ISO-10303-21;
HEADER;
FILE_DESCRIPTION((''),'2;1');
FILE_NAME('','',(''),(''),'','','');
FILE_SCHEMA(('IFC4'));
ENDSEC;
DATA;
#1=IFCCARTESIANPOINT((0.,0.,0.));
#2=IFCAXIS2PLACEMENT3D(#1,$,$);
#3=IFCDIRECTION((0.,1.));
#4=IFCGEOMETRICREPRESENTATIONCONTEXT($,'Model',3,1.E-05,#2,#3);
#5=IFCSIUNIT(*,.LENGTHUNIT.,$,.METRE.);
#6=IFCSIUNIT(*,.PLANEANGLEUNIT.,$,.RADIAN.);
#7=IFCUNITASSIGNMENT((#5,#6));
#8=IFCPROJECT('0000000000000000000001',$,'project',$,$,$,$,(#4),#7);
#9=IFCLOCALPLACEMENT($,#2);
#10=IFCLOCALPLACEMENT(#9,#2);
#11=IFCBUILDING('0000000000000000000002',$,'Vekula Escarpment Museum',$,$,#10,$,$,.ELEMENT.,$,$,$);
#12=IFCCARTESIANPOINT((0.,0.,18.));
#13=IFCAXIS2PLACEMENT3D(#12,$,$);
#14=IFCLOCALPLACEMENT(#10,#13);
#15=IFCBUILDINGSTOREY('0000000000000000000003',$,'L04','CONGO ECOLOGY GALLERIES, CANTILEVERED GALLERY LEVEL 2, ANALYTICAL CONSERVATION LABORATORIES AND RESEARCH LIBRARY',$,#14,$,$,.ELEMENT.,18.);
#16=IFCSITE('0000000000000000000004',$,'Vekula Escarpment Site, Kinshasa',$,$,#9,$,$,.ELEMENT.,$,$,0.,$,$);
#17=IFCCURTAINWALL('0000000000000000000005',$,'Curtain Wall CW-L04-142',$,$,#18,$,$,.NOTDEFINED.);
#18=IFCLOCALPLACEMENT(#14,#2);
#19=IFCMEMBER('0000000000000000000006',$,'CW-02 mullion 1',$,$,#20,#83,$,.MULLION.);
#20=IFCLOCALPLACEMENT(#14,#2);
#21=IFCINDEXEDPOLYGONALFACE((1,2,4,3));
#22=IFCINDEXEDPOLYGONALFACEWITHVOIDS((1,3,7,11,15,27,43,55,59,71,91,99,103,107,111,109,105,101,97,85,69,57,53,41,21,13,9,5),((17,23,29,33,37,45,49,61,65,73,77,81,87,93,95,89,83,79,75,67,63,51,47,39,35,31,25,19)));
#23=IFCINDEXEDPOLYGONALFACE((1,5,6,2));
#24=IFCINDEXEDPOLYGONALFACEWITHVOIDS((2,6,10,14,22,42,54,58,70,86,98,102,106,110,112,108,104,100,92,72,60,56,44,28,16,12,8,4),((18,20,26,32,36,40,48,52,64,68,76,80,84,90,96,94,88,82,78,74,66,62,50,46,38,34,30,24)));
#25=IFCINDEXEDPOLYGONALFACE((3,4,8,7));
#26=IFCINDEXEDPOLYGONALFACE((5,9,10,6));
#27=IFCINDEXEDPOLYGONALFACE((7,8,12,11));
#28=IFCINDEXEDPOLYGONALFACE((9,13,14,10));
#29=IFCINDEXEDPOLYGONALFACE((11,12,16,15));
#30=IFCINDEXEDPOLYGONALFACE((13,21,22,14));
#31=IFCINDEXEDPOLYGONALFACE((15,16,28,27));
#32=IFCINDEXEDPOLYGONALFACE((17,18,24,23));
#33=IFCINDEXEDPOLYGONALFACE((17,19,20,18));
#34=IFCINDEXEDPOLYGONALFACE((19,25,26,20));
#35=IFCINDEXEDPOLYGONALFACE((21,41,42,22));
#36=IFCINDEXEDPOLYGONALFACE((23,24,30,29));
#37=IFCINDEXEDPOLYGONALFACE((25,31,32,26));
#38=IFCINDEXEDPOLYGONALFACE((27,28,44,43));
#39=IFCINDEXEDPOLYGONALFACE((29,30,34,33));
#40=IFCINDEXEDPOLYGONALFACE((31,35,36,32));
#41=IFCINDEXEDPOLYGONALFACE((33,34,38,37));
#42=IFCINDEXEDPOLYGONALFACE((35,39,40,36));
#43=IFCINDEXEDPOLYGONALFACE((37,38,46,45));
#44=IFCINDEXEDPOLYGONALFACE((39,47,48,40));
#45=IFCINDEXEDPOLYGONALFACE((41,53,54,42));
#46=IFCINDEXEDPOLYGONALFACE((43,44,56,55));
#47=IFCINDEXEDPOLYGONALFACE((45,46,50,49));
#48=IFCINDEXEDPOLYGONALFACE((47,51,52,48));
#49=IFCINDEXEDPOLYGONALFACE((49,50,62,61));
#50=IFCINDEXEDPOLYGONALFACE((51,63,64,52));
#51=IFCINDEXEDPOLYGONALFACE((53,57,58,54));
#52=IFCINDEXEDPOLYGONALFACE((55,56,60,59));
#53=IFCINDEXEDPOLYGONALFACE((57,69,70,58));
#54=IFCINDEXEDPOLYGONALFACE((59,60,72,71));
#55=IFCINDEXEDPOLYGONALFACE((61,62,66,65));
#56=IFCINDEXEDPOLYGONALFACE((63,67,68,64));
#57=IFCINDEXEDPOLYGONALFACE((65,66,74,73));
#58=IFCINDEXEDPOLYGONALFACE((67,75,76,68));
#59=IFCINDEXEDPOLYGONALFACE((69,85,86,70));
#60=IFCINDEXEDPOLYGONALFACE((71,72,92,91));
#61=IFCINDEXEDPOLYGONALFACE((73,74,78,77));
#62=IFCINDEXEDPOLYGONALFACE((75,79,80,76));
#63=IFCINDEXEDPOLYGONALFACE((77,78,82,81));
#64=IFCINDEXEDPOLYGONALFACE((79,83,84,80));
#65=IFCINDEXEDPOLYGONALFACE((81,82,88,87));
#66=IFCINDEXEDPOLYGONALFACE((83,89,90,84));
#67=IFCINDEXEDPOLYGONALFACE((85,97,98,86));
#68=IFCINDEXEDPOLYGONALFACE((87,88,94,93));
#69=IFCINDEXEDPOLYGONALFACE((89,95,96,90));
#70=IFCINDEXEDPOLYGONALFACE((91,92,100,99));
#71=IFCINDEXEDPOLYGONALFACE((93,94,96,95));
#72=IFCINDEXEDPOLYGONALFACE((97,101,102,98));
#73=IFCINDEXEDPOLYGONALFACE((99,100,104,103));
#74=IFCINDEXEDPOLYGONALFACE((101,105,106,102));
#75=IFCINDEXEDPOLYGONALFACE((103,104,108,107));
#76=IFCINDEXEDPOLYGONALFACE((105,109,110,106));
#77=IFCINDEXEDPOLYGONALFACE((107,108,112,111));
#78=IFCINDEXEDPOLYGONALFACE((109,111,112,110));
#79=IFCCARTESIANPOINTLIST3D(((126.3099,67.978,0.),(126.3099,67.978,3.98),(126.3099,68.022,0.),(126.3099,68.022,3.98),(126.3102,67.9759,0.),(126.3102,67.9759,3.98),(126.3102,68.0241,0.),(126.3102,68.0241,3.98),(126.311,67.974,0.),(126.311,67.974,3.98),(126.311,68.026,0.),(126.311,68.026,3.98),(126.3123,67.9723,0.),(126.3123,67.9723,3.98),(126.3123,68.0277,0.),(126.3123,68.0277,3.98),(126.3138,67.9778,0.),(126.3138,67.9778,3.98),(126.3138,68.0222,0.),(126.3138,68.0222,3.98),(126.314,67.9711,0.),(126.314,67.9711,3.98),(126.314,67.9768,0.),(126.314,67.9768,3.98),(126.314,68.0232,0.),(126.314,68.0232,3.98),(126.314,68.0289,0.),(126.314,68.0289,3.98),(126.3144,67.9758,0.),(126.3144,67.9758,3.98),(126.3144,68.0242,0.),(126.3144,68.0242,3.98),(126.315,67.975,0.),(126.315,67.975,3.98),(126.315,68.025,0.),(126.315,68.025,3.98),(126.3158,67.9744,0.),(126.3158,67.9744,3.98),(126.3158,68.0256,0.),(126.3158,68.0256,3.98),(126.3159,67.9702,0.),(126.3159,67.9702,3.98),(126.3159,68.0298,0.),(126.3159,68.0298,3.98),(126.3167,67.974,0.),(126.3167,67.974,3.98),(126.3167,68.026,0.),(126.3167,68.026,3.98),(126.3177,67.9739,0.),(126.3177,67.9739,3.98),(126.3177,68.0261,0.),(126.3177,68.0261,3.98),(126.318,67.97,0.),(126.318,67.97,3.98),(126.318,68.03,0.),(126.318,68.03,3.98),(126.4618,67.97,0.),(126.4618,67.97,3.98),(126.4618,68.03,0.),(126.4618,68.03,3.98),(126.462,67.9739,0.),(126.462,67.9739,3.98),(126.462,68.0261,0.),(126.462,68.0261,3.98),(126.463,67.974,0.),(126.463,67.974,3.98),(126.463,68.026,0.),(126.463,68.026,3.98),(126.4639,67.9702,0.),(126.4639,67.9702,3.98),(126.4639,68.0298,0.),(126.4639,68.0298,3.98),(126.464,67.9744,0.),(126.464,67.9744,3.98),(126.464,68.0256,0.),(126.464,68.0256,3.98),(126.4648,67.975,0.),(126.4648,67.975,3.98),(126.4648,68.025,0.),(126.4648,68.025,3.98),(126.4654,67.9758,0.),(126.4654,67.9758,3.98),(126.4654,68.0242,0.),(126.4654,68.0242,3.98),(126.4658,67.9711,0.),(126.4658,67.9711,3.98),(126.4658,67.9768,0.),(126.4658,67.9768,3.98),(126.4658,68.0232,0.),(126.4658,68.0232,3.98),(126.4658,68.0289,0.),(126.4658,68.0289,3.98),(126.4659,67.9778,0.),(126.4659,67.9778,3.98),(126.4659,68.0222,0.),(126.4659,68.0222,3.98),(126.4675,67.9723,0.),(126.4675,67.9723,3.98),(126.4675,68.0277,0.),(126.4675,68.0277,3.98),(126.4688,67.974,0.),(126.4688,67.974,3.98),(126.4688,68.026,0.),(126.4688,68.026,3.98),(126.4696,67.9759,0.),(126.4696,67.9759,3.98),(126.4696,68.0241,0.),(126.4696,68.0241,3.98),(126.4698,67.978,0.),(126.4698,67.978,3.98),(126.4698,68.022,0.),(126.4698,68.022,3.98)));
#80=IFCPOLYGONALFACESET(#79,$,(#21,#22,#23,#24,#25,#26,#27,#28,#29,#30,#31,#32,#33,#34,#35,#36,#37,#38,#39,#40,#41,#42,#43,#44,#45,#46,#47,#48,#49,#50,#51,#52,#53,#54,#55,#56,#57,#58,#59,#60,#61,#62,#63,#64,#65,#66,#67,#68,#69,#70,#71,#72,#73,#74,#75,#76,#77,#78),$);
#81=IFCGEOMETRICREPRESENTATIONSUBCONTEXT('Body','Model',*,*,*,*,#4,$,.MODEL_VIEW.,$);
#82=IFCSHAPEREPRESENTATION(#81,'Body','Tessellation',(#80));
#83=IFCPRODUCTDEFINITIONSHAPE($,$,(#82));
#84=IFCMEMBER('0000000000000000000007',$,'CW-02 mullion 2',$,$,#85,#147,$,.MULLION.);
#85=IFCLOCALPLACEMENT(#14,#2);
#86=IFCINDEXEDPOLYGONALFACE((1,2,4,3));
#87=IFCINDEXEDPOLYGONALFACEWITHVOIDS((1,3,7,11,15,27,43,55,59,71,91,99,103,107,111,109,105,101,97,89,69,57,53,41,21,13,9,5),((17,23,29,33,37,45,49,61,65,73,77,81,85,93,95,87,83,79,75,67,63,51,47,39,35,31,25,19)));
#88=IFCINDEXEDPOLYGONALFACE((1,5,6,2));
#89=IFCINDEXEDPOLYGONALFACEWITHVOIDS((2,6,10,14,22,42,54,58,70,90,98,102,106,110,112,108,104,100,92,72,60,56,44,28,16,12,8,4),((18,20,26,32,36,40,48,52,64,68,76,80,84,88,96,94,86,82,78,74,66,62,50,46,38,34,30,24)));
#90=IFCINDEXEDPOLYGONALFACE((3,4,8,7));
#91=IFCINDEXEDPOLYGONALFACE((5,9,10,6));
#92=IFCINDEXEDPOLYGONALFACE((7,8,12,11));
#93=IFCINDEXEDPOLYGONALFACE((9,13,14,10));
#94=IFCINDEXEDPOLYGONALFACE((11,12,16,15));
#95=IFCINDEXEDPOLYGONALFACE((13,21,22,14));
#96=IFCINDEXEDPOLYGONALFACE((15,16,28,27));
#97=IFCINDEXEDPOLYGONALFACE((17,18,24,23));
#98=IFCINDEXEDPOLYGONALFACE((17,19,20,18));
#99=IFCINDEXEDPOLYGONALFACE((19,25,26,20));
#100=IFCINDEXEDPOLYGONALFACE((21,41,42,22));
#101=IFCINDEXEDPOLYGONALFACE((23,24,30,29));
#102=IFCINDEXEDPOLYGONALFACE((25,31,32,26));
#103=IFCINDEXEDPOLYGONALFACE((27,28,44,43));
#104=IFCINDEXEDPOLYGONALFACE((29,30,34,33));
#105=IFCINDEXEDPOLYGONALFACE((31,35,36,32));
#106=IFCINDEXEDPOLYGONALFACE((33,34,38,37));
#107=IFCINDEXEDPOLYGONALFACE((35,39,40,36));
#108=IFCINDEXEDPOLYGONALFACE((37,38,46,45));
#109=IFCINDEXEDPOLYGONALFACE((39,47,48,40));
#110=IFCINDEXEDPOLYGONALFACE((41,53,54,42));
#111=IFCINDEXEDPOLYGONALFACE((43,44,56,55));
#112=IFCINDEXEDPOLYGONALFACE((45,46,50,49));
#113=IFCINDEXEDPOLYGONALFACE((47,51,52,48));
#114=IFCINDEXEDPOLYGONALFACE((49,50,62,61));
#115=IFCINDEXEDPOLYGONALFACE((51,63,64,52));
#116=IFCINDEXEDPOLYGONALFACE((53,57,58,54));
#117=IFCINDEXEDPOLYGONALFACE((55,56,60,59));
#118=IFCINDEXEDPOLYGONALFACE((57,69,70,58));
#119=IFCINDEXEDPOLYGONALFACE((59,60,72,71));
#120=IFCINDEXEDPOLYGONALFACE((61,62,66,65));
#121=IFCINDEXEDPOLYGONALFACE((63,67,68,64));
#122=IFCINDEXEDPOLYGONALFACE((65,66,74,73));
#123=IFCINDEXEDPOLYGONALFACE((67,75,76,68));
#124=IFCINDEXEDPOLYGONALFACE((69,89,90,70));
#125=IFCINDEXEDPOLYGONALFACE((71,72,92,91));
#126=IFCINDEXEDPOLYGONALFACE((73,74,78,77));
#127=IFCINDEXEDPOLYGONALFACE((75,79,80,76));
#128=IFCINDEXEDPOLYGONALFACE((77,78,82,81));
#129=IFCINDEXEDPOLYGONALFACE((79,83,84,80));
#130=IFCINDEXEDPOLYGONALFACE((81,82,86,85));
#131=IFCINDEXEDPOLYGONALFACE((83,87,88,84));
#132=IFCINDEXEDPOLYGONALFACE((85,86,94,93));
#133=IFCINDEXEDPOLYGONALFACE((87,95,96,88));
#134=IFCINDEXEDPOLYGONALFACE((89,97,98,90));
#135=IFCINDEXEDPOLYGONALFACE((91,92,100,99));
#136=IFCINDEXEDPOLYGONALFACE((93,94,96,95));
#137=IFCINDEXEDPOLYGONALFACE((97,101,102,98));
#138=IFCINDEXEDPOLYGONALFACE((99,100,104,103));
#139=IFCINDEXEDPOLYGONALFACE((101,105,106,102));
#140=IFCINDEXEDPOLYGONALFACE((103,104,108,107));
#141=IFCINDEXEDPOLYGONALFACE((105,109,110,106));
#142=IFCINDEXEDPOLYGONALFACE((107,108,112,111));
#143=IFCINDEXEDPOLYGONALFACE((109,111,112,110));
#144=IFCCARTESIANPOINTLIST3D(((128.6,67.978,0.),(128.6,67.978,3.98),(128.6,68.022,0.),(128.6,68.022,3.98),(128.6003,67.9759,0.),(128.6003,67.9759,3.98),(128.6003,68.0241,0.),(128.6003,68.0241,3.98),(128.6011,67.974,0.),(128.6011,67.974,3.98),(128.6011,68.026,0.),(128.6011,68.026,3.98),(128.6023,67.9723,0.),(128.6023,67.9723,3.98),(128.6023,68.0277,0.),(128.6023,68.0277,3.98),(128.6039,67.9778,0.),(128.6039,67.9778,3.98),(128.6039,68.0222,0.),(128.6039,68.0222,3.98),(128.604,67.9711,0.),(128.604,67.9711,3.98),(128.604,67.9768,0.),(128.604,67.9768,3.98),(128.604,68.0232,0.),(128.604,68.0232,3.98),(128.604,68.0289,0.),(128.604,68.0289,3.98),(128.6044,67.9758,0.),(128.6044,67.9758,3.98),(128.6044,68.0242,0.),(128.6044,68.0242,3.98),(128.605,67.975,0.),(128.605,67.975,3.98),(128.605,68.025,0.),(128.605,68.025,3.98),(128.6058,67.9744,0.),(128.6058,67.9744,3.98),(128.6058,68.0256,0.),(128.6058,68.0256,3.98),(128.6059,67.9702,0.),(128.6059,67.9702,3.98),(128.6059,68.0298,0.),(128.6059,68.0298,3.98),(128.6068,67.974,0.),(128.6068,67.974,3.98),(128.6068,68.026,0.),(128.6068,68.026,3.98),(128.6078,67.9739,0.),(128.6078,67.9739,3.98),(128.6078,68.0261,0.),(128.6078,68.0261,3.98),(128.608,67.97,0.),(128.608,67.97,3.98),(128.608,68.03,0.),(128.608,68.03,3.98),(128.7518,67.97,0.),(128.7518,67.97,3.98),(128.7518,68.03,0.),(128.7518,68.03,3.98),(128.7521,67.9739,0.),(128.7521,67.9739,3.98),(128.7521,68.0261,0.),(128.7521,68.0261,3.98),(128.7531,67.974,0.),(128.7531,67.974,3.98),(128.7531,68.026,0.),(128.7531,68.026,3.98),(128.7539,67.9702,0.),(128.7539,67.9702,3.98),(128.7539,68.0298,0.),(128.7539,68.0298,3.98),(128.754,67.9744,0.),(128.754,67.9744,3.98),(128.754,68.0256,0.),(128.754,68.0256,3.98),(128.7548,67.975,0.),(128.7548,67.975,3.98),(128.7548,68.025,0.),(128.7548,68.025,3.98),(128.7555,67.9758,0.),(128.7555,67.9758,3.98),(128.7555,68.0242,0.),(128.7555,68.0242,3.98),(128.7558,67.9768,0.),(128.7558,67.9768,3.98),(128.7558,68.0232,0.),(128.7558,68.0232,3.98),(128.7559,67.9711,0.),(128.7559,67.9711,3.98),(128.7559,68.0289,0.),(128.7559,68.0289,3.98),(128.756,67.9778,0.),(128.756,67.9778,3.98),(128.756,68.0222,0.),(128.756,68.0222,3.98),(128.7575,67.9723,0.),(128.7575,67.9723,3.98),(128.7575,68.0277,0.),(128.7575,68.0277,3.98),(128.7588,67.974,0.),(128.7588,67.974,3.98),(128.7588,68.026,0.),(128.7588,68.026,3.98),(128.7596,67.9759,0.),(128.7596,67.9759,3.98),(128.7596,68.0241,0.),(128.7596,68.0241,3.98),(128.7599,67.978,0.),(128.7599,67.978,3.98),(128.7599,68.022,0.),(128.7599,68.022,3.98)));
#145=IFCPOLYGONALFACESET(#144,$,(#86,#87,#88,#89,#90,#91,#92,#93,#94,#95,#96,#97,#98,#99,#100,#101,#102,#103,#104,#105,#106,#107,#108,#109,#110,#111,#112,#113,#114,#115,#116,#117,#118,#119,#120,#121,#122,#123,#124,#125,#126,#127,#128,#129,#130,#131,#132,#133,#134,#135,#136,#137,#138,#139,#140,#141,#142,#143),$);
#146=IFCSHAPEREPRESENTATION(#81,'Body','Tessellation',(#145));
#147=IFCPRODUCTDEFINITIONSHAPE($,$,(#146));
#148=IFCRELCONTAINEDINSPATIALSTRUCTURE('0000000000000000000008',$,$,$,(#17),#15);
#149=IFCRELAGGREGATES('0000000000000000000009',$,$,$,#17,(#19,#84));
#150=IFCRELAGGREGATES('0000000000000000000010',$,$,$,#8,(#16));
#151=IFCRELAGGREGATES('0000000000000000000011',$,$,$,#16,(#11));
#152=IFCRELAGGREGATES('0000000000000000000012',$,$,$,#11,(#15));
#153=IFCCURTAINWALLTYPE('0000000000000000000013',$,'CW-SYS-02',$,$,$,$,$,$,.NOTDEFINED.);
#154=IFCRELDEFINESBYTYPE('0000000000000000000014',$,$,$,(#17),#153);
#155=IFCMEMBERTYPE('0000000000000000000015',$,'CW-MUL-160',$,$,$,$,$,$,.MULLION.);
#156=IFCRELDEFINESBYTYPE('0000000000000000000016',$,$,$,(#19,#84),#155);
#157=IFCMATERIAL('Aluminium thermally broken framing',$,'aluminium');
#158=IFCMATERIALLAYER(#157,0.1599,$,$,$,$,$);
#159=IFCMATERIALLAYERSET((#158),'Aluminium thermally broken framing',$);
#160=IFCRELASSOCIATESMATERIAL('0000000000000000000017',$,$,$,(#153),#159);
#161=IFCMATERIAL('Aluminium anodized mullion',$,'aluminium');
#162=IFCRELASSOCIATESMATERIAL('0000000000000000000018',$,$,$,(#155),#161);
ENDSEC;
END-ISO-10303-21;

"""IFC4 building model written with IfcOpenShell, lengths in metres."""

from ifc_helpers import new_model, si_unit, direction, frame, origin, origin_2d, place, context, subcontext, project, spatial, hollow_rectangle, extrude, material, layer, layer_set, material_profile, profile_set, type_object, element, aggregate, save


model = new_model("IFC4")

# Units and contexts
model_context = context("Model", 3, precision=1e-05, world=origin(), true_north=direction((0.0, 1.0)))
body_context = subcontext(model_context, "Body", "Model", "MODEL_VIEW")
ifc_project = project(units=[si_unit("LENGTHUNIT", "METRE"), si_unit("PLANEANGLEUNIT", "RADIAN")], contexts=[model_context])

# Site, building, storey
site_placement = place(None, origin())
site = spatial("IfcSite", under=ifc_project, at=site_placement, Name="Vekula Escarpment Site, Kinshasa", CompositionType="ELEMENT", RefElevation=0.0)
building_placement = place(site_placement, origin())
building = spatial("IfcBuilding", under=site, at=building_placement, Name="Vekula Escarpment Museum", CompositionType="ELEMENT")
storey_placement = place(building_placement, frame((0.0, 0.0, 18.0)))
storey = spatial("IfcBuildingStorey", under=building, at=storey_placement, Name="L04", Description="CONGO ECOLOGY GALLERIES, CANTILEVERED GALLERY LEVEL 2, ANALYTICAL CONSERVATION LABORATORIES AND RESEARCH LIBRARY", CompositionType="ELEMENT", Elevation=18.0)

# Curtain wall, members
ifc_material_1 = material(Name="Aluminium thermally broken framing", Category="aluminium")
ifc_layer_1 = layer(ifc_material_1, 0.1599)
ifc_layer_set_1 = layer_set([ifc_layer_1], Name="Aluminium thermally broken framing")
curtain_wall_type = type_object("IfcCurtainWallType", Name="CW-SYS-02", PredefinedType="NOTDEFINED", material=ifc_layer_set_1)
curtain_wall_placement = place(storey_placement, origin())
curtain_wall = element("IfcCurtainWall", 1, at=curtain_wall_placement, inside=storey, type_object=curtain_wall_type, Name="Curtain Wall CW-L04-142", PredefinedType="NOTDEFINED")
ifc_material_2 = material(Name="Aluminium anodized mullion", Category="aluminium")
ifc_material_profile_1 = material_profile(ifc_material_2, hollow_rectangle(XDim=0.0601, YDim=0.1599, WallThickness=0.0039, InnerFilletRadius=0.0039, OuterFilletRadius=0.0081, at=origin_2d()), Name="ALU 160x60x4")
ifc_profile_set_1 = profile_set([ifc_material_profile_1], Name="Aluminium anodized mullion")
member_type_1 = type_object("IfcMemberType", Name="CW-MUL-160", PredefinedType="MULLION", material=ifc_profile_set_1)
member_1_placement = place(storey_placement, frame((126.3899, 68.0, 0.0), z_axis=(0.0, 0.0, 1.0), x_axis=(0.0, 1.0, 0.0)))
member_1 = element("IfcMember", 2, at=member_1_placement, type_object=member_type_1, Name="CW-02 mullion 1", PredefinedType="MULLION", context=body_context, shape_type="SweptSolid", body=[
    extrude(hollow_rectangle(XDim=0.0601, YDim=0.1599, WallThickness=0.0039, InnerFilletRadius=0.0039, OuterFilletRadius=0.0081, at=origin_2d()), origin(), (0.0, 0.0, 1.0), 3.98),
])
member_2_placement = place(storey_placement, frame((128.6799, 68.0, 0.0), z_axis=(0.0, 0.0, 1.0), x_axis=(0.0, 1.0, 0.0)))
member_2 = element("IfcMember", 3, at=member_2_placement, type_object=member_type_1, Name="CW-02 mullion 2", PredefinedType="MULLION", context=body_context, shape_type="SweptSolid", body=[
    extrude(hollow_rectangle(XDim=0.0601, YDim=0.1599, WallThickness=0.0039, InnerFilletRadius=0.0039, OuterFilletRadius=0.0081, at=origin_2d()), origin(), (0.0, 0.0, 1.0), 3.98),
])

aggregate(curtain_wall, [member_1, member_2])

save(model, "model.ifc")
